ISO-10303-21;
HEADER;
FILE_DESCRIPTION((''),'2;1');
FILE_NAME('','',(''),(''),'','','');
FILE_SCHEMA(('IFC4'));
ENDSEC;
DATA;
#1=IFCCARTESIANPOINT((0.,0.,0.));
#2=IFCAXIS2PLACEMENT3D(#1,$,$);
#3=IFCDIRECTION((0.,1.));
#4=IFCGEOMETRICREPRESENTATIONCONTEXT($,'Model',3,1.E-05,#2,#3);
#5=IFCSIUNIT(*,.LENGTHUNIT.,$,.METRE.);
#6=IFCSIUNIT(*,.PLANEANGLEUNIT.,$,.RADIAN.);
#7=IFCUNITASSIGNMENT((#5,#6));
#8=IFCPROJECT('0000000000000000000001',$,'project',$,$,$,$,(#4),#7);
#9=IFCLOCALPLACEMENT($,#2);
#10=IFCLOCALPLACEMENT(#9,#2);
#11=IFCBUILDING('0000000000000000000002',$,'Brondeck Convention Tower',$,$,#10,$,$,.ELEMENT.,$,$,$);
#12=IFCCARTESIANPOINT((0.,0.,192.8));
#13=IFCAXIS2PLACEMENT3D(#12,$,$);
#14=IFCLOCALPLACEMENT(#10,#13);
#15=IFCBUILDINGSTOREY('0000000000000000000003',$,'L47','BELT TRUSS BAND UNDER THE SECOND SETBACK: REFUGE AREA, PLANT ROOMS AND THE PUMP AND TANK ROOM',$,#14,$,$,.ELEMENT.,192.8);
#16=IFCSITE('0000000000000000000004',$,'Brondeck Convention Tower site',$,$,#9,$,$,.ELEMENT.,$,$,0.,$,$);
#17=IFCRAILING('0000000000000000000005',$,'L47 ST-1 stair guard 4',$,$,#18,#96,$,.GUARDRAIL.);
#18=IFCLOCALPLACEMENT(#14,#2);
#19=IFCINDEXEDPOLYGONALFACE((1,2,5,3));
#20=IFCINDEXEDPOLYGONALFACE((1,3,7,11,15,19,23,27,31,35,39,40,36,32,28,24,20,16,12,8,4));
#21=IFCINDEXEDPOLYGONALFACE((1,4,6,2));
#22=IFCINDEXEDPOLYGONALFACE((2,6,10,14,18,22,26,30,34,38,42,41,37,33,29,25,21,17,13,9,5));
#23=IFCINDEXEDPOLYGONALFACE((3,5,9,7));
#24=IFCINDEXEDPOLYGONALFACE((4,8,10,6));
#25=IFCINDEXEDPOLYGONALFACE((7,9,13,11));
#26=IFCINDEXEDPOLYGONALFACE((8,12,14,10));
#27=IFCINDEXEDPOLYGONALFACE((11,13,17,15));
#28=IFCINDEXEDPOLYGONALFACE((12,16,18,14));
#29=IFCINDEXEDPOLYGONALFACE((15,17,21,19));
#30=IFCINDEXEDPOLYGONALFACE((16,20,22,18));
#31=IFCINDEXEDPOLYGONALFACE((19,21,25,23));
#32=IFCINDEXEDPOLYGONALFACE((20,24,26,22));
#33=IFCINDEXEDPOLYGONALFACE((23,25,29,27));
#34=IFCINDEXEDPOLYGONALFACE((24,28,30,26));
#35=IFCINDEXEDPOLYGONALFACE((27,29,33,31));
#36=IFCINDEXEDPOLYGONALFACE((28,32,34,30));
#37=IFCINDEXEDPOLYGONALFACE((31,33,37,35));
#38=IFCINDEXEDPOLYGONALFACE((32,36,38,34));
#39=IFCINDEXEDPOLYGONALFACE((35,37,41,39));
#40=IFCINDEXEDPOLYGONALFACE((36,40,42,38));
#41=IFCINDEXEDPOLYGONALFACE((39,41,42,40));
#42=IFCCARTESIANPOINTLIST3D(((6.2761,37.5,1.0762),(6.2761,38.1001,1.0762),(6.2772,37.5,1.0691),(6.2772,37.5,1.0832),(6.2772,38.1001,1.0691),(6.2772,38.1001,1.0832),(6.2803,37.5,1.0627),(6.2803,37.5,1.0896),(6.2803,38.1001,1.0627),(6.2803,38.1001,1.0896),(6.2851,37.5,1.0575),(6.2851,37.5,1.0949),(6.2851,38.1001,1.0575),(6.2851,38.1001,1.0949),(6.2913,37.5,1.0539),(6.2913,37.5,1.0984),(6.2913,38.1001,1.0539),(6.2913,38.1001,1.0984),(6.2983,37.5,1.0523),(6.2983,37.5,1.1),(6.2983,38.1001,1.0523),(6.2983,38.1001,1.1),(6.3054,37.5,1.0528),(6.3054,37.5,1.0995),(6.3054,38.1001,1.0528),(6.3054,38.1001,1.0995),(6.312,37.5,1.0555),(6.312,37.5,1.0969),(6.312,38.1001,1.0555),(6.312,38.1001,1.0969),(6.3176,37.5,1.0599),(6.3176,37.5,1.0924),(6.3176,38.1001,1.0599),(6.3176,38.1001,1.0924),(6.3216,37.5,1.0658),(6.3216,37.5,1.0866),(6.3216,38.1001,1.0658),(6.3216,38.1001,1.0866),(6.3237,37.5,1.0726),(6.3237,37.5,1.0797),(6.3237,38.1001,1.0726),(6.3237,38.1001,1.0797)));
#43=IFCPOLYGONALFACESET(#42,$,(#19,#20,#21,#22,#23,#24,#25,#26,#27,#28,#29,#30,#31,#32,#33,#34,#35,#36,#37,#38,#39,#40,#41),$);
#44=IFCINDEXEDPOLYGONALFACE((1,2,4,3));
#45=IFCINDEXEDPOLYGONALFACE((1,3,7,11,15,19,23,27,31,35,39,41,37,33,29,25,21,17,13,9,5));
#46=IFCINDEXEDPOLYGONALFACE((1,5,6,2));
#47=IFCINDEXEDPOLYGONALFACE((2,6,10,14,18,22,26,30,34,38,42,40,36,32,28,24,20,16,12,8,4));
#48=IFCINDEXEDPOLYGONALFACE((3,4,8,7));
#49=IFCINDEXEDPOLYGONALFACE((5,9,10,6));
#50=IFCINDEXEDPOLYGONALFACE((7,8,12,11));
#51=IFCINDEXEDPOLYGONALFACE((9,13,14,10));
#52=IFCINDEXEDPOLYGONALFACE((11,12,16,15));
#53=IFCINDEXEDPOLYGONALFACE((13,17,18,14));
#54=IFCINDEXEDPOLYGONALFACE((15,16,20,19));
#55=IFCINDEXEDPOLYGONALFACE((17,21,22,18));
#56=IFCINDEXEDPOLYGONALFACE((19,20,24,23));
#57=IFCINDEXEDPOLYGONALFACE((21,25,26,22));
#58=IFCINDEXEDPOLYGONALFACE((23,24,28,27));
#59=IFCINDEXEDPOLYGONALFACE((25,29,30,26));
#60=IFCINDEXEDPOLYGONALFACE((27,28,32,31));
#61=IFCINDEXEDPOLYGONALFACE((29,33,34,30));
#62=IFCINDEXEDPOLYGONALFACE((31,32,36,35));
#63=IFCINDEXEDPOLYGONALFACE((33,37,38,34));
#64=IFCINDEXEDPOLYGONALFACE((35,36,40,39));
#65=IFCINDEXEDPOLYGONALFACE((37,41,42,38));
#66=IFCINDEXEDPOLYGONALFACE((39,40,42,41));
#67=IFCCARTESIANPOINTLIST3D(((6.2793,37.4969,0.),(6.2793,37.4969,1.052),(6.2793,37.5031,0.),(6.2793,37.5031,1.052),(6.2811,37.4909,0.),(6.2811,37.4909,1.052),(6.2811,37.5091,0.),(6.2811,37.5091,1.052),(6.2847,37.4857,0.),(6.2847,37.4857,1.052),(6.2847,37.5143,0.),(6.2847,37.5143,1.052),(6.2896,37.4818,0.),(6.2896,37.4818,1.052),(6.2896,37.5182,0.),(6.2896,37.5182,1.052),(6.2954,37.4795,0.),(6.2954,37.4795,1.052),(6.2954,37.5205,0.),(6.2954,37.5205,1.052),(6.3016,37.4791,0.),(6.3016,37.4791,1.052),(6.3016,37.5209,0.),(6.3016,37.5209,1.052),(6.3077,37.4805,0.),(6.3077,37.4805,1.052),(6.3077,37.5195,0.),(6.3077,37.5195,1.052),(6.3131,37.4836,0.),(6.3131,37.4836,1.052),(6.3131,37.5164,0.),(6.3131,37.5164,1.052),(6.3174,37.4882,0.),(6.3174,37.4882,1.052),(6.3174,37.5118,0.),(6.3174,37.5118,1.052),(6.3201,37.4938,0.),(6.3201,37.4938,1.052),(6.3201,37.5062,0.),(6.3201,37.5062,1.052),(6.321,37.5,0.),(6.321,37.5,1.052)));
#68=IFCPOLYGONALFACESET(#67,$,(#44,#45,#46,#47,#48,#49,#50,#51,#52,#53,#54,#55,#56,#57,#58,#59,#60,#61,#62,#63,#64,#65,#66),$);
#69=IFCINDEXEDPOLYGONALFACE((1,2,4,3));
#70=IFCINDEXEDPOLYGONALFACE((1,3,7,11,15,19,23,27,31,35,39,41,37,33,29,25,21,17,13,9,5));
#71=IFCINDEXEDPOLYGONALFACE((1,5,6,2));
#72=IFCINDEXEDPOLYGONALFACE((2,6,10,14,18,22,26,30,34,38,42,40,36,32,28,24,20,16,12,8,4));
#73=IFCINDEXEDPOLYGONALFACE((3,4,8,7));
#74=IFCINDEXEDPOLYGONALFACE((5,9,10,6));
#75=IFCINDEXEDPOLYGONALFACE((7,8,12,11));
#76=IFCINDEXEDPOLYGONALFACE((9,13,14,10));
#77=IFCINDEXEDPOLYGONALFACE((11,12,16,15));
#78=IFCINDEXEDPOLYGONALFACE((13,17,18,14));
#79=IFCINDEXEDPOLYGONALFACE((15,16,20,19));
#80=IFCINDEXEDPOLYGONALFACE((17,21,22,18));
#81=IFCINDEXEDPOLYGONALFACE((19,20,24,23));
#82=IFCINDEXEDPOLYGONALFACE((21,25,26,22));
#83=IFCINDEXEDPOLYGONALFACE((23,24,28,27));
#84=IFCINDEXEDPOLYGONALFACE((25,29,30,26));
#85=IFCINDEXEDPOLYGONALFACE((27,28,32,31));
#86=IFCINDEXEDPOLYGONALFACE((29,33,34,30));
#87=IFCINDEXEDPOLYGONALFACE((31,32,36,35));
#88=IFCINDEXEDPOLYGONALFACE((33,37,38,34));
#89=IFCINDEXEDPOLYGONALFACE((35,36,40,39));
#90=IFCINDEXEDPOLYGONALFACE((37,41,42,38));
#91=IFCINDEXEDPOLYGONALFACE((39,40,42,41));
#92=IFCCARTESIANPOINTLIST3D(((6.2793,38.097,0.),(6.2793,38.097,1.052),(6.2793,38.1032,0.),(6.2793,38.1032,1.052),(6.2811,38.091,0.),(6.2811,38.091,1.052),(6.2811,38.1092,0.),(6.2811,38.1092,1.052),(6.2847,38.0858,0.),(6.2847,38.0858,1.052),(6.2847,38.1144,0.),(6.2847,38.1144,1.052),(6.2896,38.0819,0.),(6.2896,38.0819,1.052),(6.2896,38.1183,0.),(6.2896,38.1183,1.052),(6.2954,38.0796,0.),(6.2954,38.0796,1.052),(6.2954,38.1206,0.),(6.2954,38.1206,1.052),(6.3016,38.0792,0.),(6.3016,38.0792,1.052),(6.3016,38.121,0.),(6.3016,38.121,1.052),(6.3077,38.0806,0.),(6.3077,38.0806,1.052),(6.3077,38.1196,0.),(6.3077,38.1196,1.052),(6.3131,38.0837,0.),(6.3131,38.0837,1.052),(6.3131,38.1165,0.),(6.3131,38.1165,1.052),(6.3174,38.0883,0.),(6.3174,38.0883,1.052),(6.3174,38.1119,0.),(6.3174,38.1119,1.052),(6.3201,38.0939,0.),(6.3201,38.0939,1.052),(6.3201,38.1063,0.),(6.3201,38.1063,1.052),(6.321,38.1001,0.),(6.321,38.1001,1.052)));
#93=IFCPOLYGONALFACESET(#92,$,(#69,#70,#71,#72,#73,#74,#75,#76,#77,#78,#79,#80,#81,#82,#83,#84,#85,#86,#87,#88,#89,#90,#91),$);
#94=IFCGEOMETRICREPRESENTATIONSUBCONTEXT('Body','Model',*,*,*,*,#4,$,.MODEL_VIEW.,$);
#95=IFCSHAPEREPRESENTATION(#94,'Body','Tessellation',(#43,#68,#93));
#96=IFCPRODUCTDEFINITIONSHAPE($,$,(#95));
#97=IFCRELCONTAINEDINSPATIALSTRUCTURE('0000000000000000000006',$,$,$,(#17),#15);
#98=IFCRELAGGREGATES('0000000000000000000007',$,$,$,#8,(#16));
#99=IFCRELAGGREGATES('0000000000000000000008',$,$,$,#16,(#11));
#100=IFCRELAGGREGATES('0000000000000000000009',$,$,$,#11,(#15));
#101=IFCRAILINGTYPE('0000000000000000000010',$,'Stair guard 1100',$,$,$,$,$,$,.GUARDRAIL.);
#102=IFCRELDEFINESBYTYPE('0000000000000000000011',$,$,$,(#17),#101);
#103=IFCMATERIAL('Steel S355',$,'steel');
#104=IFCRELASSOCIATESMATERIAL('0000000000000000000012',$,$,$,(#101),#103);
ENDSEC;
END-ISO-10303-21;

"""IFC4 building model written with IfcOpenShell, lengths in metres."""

from ifc_helpers import new_model, si_unit, direction, frame, origin, origin_2d, place, context, subcontext, project, spatial, circle, extrude, material, type_object, element, save


model = new_model("IFC4")

# Units and contexts
model_context = context("Model", 3, precision=1e-05, world=origin(), true_north=direction((0.0, 1.0)))
body_context = subcontext(model_context, "Body", "Model", "MODEL_VIEW")
ifc_project = project(units=[si_unit("LENGTHUNIT", "METRE"), si_unit("PLANEANGLEUNIT", "RADIAN")], contexts=[model_context])

# Site, building, storey
site_placement = place(None, origin())
site = spatial("IfcSite", under=ifc_project, at=site_placement, Name="Brondeck Convention Tower site", CompositionType="ELEMENT", RefElevation=0.0)
building_placement = place(site_placement, origin())
building = spatial("IfcBuilding", under=site, at=building_placement, Name="Brondeck Convention Tower", CompositionType="ELEMENT")
storey_placement = place(building_placement, frame((0.0, 0.0, 192.8)))
storey = spatial("IfcBuildingStorey", under=building, at=storey_placement, Name="L47", Description="BELT TRUSS BAND UNDER THE SECOND SETBACK: REFUGE AREA, PLANT ROOMS AND THE PUMP AND TANK ROOM", CompositionType="ELEMENT", Elevation=192.8)

# Shared definitions
ifc_material_1 = material(Name="Steel S355", Category="steel")

# Railing
railing_type_1 = type_object("IfcRailingType", Name="Stair guard 1100", PredefinedType="GUARDRAIL", material=ifc_material_1)
railing_1_placement = place(storey_placement, frame((6.3, 37.5, 0.0)))
element("IfcRailing", 1, at=railing_1_placement, inside=storey, type_object=railing_type_1, Name="L47 ST-1 stair guard 4", PredefinedType="GUARDRAIL", context=body_context, shape_type="SweptSolid", body=[
    extrude(circle(Radius=0.0239, at=origin_2d()), frame((0.0, 0.0, 1.0762), z_axis=(0.0, 1.0, 0.0), x_axis=(-1.0, 0.0, 0.0)), (0.0, 0.0, 1.0), 0.6001),
    extrude(circle(Radius=0.021, at=origin_2d()), origin(), (0.0, 0.0, 1.0), 1.052),
    extrude(circle(Radius=0.021, at=origin_2d()), frame((0.0, 0.6001, 0.0)), (0.0, 0.0, 1.0), 1.052),
])

save(model, "model.ifc")
